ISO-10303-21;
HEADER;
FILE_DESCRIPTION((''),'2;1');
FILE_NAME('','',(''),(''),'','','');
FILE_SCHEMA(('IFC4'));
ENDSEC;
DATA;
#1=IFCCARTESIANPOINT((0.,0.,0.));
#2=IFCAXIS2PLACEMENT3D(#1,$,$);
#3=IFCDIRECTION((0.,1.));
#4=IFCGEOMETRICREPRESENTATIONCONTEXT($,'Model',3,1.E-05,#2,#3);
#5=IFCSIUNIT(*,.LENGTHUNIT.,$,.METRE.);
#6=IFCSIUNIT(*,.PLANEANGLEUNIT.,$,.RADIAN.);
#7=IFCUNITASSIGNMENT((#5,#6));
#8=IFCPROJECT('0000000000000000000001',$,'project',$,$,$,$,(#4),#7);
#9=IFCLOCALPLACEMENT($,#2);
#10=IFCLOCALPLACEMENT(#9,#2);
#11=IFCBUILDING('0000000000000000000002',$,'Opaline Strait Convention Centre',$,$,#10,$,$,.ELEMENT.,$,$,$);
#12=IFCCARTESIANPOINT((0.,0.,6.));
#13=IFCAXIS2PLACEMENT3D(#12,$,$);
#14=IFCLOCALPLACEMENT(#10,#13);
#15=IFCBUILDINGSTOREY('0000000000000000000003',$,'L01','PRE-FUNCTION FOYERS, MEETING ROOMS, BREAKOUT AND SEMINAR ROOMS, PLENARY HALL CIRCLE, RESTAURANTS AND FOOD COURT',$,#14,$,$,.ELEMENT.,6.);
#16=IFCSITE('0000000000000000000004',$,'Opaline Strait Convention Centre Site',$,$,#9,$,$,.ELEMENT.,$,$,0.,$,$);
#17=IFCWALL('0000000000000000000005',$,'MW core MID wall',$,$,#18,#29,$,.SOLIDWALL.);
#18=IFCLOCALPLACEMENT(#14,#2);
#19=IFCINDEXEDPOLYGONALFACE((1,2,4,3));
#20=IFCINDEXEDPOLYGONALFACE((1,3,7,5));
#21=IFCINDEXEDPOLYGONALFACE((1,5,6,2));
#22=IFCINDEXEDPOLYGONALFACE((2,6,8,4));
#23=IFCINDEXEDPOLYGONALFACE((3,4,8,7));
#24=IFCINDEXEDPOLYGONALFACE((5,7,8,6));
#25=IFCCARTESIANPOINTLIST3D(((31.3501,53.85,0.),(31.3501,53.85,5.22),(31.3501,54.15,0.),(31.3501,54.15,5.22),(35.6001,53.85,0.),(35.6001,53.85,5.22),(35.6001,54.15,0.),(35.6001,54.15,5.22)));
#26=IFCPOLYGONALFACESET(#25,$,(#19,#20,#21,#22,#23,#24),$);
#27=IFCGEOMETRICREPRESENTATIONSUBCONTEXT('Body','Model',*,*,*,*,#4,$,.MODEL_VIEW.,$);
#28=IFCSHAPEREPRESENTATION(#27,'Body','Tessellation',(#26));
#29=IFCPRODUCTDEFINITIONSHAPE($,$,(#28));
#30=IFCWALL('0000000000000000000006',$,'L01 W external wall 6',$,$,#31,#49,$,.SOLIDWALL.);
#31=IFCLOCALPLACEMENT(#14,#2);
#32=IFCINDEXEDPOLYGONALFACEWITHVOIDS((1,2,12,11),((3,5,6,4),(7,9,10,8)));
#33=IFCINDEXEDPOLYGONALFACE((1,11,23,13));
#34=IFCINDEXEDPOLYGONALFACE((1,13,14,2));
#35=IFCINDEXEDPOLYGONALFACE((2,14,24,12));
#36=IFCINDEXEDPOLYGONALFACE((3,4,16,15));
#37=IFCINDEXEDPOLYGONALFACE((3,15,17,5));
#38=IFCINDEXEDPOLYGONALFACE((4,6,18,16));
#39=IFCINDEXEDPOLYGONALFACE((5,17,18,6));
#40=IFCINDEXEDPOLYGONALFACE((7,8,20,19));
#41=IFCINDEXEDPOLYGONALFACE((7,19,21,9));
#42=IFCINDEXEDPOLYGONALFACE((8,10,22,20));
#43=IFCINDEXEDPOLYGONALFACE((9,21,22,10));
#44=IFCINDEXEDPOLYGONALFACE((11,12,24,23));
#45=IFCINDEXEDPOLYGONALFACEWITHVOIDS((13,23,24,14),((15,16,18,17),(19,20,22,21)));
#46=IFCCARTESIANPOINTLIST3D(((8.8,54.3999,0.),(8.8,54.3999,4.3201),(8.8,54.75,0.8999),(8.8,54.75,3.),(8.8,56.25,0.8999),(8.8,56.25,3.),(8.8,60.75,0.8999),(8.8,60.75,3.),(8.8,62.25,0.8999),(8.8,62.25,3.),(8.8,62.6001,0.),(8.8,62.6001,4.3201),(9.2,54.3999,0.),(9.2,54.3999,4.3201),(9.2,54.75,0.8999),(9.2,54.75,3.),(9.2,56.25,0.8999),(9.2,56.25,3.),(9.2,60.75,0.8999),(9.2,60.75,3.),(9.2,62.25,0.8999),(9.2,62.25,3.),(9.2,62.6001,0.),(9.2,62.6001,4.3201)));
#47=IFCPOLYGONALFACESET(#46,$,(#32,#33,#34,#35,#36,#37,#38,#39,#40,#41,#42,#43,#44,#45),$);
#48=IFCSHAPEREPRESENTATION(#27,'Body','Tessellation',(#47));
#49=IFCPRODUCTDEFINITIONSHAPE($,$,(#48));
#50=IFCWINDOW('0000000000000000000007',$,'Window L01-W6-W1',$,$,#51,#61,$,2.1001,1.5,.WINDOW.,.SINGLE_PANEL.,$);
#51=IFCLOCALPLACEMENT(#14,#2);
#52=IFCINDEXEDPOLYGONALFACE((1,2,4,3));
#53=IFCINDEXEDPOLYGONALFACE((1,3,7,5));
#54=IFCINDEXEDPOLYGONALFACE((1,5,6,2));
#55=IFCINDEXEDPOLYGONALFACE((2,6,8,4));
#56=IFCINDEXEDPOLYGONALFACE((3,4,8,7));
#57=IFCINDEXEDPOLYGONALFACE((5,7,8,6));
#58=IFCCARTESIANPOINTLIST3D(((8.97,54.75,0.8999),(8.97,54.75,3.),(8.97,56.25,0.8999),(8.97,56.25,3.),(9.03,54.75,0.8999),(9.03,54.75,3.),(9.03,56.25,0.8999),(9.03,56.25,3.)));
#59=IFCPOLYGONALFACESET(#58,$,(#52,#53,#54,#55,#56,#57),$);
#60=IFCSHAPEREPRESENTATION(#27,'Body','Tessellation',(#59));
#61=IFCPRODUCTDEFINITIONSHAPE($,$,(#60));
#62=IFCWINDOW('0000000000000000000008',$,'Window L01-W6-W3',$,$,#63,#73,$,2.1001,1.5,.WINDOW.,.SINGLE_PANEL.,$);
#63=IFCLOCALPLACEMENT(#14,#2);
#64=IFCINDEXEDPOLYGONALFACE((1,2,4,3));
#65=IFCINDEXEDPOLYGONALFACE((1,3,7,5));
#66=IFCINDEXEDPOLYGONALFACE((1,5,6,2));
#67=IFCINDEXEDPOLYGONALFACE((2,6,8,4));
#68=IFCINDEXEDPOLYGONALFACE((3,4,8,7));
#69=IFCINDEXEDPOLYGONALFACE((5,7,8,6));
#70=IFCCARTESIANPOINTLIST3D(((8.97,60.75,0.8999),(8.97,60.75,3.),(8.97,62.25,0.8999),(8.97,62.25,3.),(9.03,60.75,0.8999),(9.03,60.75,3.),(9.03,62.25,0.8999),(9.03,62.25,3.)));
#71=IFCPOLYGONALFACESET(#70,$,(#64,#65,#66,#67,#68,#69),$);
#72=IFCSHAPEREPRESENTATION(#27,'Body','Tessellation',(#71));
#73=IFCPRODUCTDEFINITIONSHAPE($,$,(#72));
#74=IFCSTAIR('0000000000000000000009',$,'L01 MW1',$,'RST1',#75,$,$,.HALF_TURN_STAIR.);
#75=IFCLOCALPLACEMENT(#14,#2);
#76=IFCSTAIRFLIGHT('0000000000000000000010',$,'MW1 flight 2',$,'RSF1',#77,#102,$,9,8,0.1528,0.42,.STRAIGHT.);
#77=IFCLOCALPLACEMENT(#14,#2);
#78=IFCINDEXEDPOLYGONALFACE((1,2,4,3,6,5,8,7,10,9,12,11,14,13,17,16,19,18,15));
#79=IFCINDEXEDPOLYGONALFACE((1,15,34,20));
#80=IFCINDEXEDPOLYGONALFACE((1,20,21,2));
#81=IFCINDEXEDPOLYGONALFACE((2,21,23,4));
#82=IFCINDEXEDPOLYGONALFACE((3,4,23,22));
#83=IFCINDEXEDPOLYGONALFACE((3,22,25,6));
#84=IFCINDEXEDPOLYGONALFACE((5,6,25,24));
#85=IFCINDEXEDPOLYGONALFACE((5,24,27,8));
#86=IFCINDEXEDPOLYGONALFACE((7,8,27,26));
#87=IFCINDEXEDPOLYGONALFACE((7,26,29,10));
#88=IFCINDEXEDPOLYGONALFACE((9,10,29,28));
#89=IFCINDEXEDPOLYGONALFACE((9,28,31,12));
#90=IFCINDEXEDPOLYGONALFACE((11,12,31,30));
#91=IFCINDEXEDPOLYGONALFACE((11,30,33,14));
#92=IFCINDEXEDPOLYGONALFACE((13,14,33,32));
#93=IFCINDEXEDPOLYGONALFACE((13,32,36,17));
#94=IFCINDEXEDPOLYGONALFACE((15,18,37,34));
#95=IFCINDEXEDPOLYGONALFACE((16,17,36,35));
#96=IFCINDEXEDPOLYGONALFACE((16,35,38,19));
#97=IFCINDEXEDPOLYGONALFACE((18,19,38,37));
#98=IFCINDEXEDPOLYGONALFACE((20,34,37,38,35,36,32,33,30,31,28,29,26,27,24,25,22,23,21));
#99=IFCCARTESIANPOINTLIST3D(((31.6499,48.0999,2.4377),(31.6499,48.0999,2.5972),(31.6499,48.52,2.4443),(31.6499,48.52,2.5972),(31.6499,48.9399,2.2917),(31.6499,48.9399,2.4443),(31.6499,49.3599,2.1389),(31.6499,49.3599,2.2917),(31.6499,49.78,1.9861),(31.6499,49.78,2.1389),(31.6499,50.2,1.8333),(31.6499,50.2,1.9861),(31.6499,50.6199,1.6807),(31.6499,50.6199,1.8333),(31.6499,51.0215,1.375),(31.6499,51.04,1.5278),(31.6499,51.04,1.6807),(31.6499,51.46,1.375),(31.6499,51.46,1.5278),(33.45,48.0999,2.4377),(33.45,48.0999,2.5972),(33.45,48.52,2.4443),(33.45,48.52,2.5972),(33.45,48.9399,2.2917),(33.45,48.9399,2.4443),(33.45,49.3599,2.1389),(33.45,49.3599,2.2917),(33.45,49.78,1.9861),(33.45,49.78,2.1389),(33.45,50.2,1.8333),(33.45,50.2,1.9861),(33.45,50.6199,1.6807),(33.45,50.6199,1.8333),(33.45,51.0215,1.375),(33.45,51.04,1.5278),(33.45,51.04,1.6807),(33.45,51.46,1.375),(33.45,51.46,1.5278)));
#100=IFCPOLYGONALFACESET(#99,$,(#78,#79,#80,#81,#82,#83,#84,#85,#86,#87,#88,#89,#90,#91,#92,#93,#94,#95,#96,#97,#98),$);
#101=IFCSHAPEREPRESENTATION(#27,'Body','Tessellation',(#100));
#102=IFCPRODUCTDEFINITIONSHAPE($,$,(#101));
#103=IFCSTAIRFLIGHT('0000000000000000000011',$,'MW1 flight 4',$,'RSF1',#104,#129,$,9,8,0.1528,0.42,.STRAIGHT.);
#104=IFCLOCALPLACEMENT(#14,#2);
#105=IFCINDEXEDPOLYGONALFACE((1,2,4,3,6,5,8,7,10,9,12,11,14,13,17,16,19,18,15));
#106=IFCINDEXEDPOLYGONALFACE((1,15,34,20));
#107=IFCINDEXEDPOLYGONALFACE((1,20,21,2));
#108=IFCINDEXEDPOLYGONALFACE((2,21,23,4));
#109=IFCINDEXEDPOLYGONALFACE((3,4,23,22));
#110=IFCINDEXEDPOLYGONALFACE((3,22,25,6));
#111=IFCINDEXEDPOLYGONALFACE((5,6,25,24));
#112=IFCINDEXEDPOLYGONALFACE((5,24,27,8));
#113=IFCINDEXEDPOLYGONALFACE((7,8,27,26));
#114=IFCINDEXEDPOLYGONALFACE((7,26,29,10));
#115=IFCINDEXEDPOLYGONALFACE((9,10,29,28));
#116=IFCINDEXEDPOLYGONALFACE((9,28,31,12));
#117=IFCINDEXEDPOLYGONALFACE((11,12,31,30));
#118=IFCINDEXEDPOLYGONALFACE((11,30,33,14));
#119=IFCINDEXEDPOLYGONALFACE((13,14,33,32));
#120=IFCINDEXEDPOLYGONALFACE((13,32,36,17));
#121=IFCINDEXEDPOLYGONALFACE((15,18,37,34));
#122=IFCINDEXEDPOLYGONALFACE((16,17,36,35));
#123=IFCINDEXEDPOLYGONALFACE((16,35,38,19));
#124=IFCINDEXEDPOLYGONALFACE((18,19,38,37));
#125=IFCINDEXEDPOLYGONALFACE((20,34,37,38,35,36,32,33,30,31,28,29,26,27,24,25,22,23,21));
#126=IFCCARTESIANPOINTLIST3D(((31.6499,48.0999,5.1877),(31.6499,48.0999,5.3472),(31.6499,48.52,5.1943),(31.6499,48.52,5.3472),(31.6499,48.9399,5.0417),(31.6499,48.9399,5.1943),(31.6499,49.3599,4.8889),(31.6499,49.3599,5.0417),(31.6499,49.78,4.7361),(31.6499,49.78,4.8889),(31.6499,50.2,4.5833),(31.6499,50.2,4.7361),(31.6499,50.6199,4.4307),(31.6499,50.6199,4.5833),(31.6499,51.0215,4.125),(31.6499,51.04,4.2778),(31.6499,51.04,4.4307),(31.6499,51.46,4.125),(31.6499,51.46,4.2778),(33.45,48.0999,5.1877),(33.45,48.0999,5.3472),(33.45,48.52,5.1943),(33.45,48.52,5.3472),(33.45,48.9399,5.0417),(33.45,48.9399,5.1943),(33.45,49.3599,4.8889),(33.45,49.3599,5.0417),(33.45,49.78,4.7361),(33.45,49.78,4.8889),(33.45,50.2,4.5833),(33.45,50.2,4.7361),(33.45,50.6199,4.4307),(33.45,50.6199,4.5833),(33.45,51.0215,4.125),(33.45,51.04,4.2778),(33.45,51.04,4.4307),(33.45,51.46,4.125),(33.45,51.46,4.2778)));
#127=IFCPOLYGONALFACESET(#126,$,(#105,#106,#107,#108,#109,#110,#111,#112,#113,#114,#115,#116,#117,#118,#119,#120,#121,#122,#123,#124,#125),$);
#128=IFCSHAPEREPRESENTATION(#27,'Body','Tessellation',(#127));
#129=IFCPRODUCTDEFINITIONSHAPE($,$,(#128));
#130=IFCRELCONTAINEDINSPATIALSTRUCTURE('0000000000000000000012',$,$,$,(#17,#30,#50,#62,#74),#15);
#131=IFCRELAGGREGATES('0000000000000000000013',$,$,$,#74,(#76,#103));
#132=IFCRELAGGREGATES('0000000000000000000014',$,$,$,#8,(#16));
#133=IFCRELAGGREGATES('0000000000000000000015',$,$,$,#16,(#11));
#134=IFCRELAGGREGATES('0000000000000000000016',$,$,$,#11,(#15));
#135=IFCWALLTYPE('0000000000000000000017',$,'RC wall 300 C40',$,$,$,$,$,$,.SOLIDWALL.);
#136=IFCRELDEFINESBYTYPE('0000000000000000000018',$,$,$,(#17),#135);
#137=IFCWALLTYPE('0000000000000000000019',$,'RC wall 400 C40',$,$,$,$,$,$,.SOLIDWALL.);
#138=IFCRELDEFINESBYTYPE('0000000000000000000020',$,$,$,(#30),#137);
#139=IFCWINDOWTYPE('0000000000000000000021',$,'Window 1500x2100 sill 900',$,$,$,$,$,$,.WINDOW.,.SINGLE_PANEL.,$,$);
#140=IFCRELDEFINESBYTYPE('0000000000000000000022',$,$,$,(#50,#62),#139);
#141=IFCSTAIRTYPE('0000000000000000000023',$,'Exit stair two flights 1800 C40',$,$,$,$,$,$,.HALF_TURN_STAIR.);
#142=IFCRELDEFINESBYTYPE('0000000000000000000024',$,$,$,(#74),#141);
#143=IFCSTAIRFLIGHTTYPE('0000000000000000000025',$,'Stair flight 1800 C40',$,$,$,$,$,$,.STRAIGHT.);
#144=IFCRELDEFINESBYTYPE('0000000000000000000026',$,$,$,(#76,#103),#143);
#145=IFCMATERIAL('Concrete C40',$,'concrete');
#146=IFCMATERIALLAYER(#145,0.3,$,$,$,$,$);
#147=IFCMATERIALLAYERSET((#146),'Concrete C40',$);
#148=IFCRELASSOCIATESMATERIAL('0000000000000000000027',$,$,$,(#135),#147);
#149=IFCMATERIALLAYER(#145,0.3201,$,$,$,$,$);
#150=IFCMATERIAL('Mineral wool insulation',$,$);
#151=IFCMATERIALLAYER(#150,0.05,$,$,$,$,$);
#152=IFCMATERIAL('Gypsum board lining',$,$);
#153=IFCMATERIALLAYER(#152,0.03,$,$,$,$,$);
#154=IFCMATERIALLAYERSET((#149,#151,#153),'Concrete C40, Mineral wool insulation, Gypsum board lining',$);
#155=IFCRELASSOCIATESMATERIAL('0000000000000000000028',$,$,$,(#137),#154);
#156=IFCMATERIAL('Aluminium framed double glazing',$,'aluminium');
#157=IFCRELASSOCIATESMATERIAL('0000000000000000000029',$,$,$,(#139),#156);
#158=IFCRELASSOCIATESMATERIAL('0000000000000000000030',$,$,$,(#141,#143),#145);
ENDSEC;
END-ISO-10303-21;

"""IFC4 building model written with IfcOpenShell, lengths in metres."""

from ifc_helpers import new_model, si_unit, direction, frame, frame_2d, origin, place, context, subcontext, project, spatial, polyline, rectangle, outline, extrude, material, layer, layer_set, type_object, element, fill, aggregate, save


model = new_model("IFC4")

# Units and contexts
model_context = context("Model", 3, precision=1e-05, world=origin(), true_north=direction((0.0, 1.0)))
body_context = subcontext(model_context, "Body", "Model", "MODEL_VIEW")
ifc_project = project(units=[si_unit("LENGTHUNIT", "METRE"), si_unit("PLANEANGLEUNIT", "RADIAN")], contexts=[model_context])

# Site, building, storey
site_placement = place(None, origin())
site = spatial("IfcSite", under=ifc_project, at=site_placement, Name="Opaline Strait Convention Centre Site", CompositionType="ELEMENT", RefElevation=0.0)
building_placement = place(site_placement, origin())
building = spatial("IfcBuilding", under=site, at=building_placement, Name="Opaline Strait Convention Centre", CompositionType="ELEMENT")
storey_placement = place(building_placement, frame((0.0, 0.0, 6.0)))
storey = spatial("IfcBuildingStorey", under=building, at=storey_placement, Name="L01", Description="PRE-FUNCTION FOYERS, MEETING ROOMS, BREAKOUT AND SEMINAR ROOMS, PLENARY HALL CIRCLE, RESTAURANTS AND FOOD COURT", CompositionType="ELEMENT", Elevation=6.0)

# Shared definitions
ifc_material_1 = material(Name="Concrete C40", Category="concrete")

# Wall
ifc_layer_1 = layer(ifc_material_1, 0.3)
ifc_layer_set_1 = layer_set([ifc_layer_1], Name="Concrete C40")
wall_type_1 = type_object("IfcWallType", Name="RC wall 300 C40", PredefinedType="SOLIDWALL", material=ifc_layer_set_1)
wall_1_placement = place(storey_placement, frame((31.3501, 54.0, 0.0), z_axis=(0.0, 0.0, 1.0), x_axis=(1.0, 0.0, 0.0)))
element("IfcWall", 1, at=wall_1_placement, inside=storey, type_object=wall_type_1, Name="MW core MID wall", PredefinedType="SOLIDWALL", context=body_context, shape_type="SweptSolid", body=[
    extrude(rectangle(XDim=4.25, YDim=0.3, at=frame_2d((2.125, 0.0))), origin(), (0.0, 0.0, 1.0), 5.22),
])

# Wall, openings, windows
ifc_layer_2 = layer(ifc_material_1, 0.3201)
ifc_material_2 = material(Name="Mineral wool insulation")
ifc_layer_3 = layer(ifc_material_2, 0.05)
ifc_material_3 = material(Name="Gypsum board lining")
ifc_layer_4 = layer(ifc_material_3, 0.03)
ifc_layer_set_2 = layer_set([ifc_layer_2, ifc_layer_3, ifc_layer_4], Name="Concrete C40, Mineral wool insulation, Gypsum board lining")
wall_type_2 = type_object("IfcWallType", Name="RC wall 400 C40", PredefinedType="SOLIDWALL", material=ifc_layer_set_2)
wall_2_placement = place(storey_placement, frame((9.0, 54.3999, 0.0), z_axis=(0.0, 0.0, 1.0), x_axis=(0.0, 1.0, 0.0)))
wall_2 = element("IfcWall", 2, at=wall_2_placement, inside=storey, type_object=wall_type_2, Name="L01 W external wall 6", PredefinedType="SOLIDWALL", context=body_context, shape_type="SweptSolid", body=[
    extrude(rectangle(XDim=8.2002, YDim=0.3999, at=frame_2d((4.1001, 0.0))), origin(), (0.0, 0.0, 1.0), 4.3201),
])
opening_1_placement = place(wall_2_placement, frame((0.3501, 0.0, 0.8999)))
opening_1 = element("IfcOpeningElement", 3, at=opening_1_placement, cuts=wall_2, PredefinedType="OPENING", context=body_context, shape_type="SweptSolid", body=[
    extrude(rectangle(XDim=1.5, YDim=2.1001, at=frame_2d((0.75, 1.05))), frame((0.0, 0.21, 0.0), z_axis=(0.0, -1.0, 0.0), x_axis=(1.0, 0.0, 0.0)), (0.0, 0.0, 1.0), 0.4199),
])
opening_2_placement = place(wall_2_placement, frame((6.3501, 0.0, 0.8999)))
opening_2 = element("IfcOpeningElement", 4, at=opening_2_placement, cuts=wall_2, PredefinedType="OPENING", context=body_context, shape_type="SweptSolid", body=[
    extrude(rectangle(XDim=1.5, YDim=2.1001, at=frame_2d((0.75, 1.05))), frame((0.0, 0.21, 0.0), z_axis=(0.0, -1.0, 0.0), x_axis=(1.0, 0.0, 0.0)), (0.0, 0.0, 1.0), 0.4199),
])
ifc_material_4 = material(Name="Aluminium framed double glazing", Category="aluminium")
window_type = type_object("IfcWindowType", Name="Window 1500x2100 sill 900", PartitioningType="SINGLE_PANEL", PredefinedType="WINDOW", material=ifc_material_4)
window_1_placement = place(opening_1_placement, origin())
window_1 = element("IfcWindow", 5, at=window_1_placement, inside=storey, type_object=window_type, Name="Window L01-W6-W1", OverallHeight=2.1001, OverallWidth=1.5, PartitioningType="SINGLE_PANEL", PredefinedType="WINDOW", context=body_context, shape_type="SweptSolid", body=[
    extrude(rectangle(XDim=1.5, YDim=2.1001, at=frame_2d((0.75, 1.05))), frame((0.0, 0.03, 0.0), z_axis=(0.0, -1.0, 0.0), x_axis=(1.0, 0.0, 0.0)), (0.0, 0.0, 1.0), 0.0601),
])
fill(opening_1, window_1)
window_2_placement = place(opening_2_placement, origin())
window_2 = element("IfcWindow", 6, at=window_2_placement, inside=storey, type_object=window_type, Name="Window L01-W6-W3", OverallHeight=2.1001, OverallWidth=1.5, PartitioningType="SINGLE_PANEL", PredefinedType="WINDOW", context=body_context, shape_type="SweptSolid", body=[
    extrude(rectangle(XDim=1.5, YDim=2.1001, at=frame_2d((0.75, 1.05))), frame((0.0, 0.03, 0.0), z_axis=(0.0, -1.0, 0.0), x_axis=(1.0, 0.0, 0.0)), (0.0, 0.0, 1.0), 0.0601),
])
fill(opening_2, window_2)

# Stair, stair flights
stair_type = type_object("IfcStairType", Name="Exit stair two flights 1800 C40", PredefinedType="HALF_TURN_STAIR", material=ifc_material_1)
stair_placement = place(storey_placement, origin())
stair = element("IfcStair", 7, at=stair_placement, inside=storey, type_object=stair_type, Name="L01 MW1", ObjectType="RST1", PredefinedType="HALF_TURN_STAIR")
stair_flight_type = type_object("IfcStairFlightType", Name="Stair flight 1800 C40", PredefinedType="STRAIGHT", material=ifc_material_1)
stair_flight_1_placement = place(storey_placement, frame((32.55, 51.46, 1.375), z_axis=(0.0, 0.0, 1.0), x_axis=(0.0, -1.0, 0.0)))
stair_flight_1 = element("IfcStairFlight", 8, at=stair_flight_1_placement, type_object=stair_flight_type, Name="MW1 flight 2", ObjectType="RSF1", NumberOfRisers=9, NumberOfTreads=8, PredefinedType="STRAIGHT", RiserHeight=0.1528, TreadLength=0.42, context=body_context, shape_type="SweptSolid", body=[
    extrude(outline(polyline([(0.0, 0.0), (0.0, 0.1528), (0.4199, 0.1528), (0.4199, 0.3057), (0.8401, 0.3057), (0.8401, 0.4583), (1.26, 0.4583), (1.26, 0.6111), (1.6799, 0.6111), (1.6799, 0.7639), (2.1001, 0.7639), (2.1001, 0.9167), (2.52, 0.9167), (2.52, 1.0693), (2.9399, 1.0693), (2.9399, 1.2222), (3.3601, 1.2222), (3.3601, 1.375), (3.3601, 1.0627), (0.4385, 0.0), (0.0, 0.0)])), frame((0.0, 0.8999, 0.0), z_axis=(0.0, -1.0, 0.0), x_axis=(1.0, 0.0, 0.0)), (0.0, 0.0, 1.0), 1.8),
])
stair_flight_2_placement = place(storey_placement, frame((32.55, 51.46, 4.125), z_axis=(0.0, 0.0, 1.0), x_axis=(0.0, -1.0, 0.0)))
stair_flight_2 = element("IfcStairFlight", 9, at=stair_flight_2_placement, type_object=stair_flight_type, Name="MW1 flight 4", ObjectType="RSF1", NumberOfRisers=9, NumberOfTreads=8, PredefinedType="STRAIGHT", RiserHeight=0.1528, TreadLength=0.42, context=body_context, shape_type="SweptSolid", body=[
    extrude(outline(polyline([(0.0, 0.0), (0.0, 0.1528), (0.4199, 0.1528), (0.4199, 0.3057), (0.8401, 0.3057), (0.8401, 0.4583), (1.26, 0.4583), (1.26, 0.6111), (1.6799, 0.6111), (1.6799, 0.7639), (2.1001, 0.7639), (2.1001, 0.9167), (2.52, 0.9167), (2.52, 1.0693), (2.9399, 1.0693), (2.9399, 1.2222), (3.3601, 1.2222), (3.3601, 1.375), (3.3601, 1.0627), (0.4385, 0.0), (0.0, 0.0)])), frame((0.0, 0.8999, 0.0), z_axis=(0.0, -1.0, 0.0), x_axis=(1.0, 0.0, 0.0)), (0.0, 0.0, 1.0), 1.8),
])
aggregate(stair, [stair_flight_1, stair_flight_2])

save(model, "model.ifc")
